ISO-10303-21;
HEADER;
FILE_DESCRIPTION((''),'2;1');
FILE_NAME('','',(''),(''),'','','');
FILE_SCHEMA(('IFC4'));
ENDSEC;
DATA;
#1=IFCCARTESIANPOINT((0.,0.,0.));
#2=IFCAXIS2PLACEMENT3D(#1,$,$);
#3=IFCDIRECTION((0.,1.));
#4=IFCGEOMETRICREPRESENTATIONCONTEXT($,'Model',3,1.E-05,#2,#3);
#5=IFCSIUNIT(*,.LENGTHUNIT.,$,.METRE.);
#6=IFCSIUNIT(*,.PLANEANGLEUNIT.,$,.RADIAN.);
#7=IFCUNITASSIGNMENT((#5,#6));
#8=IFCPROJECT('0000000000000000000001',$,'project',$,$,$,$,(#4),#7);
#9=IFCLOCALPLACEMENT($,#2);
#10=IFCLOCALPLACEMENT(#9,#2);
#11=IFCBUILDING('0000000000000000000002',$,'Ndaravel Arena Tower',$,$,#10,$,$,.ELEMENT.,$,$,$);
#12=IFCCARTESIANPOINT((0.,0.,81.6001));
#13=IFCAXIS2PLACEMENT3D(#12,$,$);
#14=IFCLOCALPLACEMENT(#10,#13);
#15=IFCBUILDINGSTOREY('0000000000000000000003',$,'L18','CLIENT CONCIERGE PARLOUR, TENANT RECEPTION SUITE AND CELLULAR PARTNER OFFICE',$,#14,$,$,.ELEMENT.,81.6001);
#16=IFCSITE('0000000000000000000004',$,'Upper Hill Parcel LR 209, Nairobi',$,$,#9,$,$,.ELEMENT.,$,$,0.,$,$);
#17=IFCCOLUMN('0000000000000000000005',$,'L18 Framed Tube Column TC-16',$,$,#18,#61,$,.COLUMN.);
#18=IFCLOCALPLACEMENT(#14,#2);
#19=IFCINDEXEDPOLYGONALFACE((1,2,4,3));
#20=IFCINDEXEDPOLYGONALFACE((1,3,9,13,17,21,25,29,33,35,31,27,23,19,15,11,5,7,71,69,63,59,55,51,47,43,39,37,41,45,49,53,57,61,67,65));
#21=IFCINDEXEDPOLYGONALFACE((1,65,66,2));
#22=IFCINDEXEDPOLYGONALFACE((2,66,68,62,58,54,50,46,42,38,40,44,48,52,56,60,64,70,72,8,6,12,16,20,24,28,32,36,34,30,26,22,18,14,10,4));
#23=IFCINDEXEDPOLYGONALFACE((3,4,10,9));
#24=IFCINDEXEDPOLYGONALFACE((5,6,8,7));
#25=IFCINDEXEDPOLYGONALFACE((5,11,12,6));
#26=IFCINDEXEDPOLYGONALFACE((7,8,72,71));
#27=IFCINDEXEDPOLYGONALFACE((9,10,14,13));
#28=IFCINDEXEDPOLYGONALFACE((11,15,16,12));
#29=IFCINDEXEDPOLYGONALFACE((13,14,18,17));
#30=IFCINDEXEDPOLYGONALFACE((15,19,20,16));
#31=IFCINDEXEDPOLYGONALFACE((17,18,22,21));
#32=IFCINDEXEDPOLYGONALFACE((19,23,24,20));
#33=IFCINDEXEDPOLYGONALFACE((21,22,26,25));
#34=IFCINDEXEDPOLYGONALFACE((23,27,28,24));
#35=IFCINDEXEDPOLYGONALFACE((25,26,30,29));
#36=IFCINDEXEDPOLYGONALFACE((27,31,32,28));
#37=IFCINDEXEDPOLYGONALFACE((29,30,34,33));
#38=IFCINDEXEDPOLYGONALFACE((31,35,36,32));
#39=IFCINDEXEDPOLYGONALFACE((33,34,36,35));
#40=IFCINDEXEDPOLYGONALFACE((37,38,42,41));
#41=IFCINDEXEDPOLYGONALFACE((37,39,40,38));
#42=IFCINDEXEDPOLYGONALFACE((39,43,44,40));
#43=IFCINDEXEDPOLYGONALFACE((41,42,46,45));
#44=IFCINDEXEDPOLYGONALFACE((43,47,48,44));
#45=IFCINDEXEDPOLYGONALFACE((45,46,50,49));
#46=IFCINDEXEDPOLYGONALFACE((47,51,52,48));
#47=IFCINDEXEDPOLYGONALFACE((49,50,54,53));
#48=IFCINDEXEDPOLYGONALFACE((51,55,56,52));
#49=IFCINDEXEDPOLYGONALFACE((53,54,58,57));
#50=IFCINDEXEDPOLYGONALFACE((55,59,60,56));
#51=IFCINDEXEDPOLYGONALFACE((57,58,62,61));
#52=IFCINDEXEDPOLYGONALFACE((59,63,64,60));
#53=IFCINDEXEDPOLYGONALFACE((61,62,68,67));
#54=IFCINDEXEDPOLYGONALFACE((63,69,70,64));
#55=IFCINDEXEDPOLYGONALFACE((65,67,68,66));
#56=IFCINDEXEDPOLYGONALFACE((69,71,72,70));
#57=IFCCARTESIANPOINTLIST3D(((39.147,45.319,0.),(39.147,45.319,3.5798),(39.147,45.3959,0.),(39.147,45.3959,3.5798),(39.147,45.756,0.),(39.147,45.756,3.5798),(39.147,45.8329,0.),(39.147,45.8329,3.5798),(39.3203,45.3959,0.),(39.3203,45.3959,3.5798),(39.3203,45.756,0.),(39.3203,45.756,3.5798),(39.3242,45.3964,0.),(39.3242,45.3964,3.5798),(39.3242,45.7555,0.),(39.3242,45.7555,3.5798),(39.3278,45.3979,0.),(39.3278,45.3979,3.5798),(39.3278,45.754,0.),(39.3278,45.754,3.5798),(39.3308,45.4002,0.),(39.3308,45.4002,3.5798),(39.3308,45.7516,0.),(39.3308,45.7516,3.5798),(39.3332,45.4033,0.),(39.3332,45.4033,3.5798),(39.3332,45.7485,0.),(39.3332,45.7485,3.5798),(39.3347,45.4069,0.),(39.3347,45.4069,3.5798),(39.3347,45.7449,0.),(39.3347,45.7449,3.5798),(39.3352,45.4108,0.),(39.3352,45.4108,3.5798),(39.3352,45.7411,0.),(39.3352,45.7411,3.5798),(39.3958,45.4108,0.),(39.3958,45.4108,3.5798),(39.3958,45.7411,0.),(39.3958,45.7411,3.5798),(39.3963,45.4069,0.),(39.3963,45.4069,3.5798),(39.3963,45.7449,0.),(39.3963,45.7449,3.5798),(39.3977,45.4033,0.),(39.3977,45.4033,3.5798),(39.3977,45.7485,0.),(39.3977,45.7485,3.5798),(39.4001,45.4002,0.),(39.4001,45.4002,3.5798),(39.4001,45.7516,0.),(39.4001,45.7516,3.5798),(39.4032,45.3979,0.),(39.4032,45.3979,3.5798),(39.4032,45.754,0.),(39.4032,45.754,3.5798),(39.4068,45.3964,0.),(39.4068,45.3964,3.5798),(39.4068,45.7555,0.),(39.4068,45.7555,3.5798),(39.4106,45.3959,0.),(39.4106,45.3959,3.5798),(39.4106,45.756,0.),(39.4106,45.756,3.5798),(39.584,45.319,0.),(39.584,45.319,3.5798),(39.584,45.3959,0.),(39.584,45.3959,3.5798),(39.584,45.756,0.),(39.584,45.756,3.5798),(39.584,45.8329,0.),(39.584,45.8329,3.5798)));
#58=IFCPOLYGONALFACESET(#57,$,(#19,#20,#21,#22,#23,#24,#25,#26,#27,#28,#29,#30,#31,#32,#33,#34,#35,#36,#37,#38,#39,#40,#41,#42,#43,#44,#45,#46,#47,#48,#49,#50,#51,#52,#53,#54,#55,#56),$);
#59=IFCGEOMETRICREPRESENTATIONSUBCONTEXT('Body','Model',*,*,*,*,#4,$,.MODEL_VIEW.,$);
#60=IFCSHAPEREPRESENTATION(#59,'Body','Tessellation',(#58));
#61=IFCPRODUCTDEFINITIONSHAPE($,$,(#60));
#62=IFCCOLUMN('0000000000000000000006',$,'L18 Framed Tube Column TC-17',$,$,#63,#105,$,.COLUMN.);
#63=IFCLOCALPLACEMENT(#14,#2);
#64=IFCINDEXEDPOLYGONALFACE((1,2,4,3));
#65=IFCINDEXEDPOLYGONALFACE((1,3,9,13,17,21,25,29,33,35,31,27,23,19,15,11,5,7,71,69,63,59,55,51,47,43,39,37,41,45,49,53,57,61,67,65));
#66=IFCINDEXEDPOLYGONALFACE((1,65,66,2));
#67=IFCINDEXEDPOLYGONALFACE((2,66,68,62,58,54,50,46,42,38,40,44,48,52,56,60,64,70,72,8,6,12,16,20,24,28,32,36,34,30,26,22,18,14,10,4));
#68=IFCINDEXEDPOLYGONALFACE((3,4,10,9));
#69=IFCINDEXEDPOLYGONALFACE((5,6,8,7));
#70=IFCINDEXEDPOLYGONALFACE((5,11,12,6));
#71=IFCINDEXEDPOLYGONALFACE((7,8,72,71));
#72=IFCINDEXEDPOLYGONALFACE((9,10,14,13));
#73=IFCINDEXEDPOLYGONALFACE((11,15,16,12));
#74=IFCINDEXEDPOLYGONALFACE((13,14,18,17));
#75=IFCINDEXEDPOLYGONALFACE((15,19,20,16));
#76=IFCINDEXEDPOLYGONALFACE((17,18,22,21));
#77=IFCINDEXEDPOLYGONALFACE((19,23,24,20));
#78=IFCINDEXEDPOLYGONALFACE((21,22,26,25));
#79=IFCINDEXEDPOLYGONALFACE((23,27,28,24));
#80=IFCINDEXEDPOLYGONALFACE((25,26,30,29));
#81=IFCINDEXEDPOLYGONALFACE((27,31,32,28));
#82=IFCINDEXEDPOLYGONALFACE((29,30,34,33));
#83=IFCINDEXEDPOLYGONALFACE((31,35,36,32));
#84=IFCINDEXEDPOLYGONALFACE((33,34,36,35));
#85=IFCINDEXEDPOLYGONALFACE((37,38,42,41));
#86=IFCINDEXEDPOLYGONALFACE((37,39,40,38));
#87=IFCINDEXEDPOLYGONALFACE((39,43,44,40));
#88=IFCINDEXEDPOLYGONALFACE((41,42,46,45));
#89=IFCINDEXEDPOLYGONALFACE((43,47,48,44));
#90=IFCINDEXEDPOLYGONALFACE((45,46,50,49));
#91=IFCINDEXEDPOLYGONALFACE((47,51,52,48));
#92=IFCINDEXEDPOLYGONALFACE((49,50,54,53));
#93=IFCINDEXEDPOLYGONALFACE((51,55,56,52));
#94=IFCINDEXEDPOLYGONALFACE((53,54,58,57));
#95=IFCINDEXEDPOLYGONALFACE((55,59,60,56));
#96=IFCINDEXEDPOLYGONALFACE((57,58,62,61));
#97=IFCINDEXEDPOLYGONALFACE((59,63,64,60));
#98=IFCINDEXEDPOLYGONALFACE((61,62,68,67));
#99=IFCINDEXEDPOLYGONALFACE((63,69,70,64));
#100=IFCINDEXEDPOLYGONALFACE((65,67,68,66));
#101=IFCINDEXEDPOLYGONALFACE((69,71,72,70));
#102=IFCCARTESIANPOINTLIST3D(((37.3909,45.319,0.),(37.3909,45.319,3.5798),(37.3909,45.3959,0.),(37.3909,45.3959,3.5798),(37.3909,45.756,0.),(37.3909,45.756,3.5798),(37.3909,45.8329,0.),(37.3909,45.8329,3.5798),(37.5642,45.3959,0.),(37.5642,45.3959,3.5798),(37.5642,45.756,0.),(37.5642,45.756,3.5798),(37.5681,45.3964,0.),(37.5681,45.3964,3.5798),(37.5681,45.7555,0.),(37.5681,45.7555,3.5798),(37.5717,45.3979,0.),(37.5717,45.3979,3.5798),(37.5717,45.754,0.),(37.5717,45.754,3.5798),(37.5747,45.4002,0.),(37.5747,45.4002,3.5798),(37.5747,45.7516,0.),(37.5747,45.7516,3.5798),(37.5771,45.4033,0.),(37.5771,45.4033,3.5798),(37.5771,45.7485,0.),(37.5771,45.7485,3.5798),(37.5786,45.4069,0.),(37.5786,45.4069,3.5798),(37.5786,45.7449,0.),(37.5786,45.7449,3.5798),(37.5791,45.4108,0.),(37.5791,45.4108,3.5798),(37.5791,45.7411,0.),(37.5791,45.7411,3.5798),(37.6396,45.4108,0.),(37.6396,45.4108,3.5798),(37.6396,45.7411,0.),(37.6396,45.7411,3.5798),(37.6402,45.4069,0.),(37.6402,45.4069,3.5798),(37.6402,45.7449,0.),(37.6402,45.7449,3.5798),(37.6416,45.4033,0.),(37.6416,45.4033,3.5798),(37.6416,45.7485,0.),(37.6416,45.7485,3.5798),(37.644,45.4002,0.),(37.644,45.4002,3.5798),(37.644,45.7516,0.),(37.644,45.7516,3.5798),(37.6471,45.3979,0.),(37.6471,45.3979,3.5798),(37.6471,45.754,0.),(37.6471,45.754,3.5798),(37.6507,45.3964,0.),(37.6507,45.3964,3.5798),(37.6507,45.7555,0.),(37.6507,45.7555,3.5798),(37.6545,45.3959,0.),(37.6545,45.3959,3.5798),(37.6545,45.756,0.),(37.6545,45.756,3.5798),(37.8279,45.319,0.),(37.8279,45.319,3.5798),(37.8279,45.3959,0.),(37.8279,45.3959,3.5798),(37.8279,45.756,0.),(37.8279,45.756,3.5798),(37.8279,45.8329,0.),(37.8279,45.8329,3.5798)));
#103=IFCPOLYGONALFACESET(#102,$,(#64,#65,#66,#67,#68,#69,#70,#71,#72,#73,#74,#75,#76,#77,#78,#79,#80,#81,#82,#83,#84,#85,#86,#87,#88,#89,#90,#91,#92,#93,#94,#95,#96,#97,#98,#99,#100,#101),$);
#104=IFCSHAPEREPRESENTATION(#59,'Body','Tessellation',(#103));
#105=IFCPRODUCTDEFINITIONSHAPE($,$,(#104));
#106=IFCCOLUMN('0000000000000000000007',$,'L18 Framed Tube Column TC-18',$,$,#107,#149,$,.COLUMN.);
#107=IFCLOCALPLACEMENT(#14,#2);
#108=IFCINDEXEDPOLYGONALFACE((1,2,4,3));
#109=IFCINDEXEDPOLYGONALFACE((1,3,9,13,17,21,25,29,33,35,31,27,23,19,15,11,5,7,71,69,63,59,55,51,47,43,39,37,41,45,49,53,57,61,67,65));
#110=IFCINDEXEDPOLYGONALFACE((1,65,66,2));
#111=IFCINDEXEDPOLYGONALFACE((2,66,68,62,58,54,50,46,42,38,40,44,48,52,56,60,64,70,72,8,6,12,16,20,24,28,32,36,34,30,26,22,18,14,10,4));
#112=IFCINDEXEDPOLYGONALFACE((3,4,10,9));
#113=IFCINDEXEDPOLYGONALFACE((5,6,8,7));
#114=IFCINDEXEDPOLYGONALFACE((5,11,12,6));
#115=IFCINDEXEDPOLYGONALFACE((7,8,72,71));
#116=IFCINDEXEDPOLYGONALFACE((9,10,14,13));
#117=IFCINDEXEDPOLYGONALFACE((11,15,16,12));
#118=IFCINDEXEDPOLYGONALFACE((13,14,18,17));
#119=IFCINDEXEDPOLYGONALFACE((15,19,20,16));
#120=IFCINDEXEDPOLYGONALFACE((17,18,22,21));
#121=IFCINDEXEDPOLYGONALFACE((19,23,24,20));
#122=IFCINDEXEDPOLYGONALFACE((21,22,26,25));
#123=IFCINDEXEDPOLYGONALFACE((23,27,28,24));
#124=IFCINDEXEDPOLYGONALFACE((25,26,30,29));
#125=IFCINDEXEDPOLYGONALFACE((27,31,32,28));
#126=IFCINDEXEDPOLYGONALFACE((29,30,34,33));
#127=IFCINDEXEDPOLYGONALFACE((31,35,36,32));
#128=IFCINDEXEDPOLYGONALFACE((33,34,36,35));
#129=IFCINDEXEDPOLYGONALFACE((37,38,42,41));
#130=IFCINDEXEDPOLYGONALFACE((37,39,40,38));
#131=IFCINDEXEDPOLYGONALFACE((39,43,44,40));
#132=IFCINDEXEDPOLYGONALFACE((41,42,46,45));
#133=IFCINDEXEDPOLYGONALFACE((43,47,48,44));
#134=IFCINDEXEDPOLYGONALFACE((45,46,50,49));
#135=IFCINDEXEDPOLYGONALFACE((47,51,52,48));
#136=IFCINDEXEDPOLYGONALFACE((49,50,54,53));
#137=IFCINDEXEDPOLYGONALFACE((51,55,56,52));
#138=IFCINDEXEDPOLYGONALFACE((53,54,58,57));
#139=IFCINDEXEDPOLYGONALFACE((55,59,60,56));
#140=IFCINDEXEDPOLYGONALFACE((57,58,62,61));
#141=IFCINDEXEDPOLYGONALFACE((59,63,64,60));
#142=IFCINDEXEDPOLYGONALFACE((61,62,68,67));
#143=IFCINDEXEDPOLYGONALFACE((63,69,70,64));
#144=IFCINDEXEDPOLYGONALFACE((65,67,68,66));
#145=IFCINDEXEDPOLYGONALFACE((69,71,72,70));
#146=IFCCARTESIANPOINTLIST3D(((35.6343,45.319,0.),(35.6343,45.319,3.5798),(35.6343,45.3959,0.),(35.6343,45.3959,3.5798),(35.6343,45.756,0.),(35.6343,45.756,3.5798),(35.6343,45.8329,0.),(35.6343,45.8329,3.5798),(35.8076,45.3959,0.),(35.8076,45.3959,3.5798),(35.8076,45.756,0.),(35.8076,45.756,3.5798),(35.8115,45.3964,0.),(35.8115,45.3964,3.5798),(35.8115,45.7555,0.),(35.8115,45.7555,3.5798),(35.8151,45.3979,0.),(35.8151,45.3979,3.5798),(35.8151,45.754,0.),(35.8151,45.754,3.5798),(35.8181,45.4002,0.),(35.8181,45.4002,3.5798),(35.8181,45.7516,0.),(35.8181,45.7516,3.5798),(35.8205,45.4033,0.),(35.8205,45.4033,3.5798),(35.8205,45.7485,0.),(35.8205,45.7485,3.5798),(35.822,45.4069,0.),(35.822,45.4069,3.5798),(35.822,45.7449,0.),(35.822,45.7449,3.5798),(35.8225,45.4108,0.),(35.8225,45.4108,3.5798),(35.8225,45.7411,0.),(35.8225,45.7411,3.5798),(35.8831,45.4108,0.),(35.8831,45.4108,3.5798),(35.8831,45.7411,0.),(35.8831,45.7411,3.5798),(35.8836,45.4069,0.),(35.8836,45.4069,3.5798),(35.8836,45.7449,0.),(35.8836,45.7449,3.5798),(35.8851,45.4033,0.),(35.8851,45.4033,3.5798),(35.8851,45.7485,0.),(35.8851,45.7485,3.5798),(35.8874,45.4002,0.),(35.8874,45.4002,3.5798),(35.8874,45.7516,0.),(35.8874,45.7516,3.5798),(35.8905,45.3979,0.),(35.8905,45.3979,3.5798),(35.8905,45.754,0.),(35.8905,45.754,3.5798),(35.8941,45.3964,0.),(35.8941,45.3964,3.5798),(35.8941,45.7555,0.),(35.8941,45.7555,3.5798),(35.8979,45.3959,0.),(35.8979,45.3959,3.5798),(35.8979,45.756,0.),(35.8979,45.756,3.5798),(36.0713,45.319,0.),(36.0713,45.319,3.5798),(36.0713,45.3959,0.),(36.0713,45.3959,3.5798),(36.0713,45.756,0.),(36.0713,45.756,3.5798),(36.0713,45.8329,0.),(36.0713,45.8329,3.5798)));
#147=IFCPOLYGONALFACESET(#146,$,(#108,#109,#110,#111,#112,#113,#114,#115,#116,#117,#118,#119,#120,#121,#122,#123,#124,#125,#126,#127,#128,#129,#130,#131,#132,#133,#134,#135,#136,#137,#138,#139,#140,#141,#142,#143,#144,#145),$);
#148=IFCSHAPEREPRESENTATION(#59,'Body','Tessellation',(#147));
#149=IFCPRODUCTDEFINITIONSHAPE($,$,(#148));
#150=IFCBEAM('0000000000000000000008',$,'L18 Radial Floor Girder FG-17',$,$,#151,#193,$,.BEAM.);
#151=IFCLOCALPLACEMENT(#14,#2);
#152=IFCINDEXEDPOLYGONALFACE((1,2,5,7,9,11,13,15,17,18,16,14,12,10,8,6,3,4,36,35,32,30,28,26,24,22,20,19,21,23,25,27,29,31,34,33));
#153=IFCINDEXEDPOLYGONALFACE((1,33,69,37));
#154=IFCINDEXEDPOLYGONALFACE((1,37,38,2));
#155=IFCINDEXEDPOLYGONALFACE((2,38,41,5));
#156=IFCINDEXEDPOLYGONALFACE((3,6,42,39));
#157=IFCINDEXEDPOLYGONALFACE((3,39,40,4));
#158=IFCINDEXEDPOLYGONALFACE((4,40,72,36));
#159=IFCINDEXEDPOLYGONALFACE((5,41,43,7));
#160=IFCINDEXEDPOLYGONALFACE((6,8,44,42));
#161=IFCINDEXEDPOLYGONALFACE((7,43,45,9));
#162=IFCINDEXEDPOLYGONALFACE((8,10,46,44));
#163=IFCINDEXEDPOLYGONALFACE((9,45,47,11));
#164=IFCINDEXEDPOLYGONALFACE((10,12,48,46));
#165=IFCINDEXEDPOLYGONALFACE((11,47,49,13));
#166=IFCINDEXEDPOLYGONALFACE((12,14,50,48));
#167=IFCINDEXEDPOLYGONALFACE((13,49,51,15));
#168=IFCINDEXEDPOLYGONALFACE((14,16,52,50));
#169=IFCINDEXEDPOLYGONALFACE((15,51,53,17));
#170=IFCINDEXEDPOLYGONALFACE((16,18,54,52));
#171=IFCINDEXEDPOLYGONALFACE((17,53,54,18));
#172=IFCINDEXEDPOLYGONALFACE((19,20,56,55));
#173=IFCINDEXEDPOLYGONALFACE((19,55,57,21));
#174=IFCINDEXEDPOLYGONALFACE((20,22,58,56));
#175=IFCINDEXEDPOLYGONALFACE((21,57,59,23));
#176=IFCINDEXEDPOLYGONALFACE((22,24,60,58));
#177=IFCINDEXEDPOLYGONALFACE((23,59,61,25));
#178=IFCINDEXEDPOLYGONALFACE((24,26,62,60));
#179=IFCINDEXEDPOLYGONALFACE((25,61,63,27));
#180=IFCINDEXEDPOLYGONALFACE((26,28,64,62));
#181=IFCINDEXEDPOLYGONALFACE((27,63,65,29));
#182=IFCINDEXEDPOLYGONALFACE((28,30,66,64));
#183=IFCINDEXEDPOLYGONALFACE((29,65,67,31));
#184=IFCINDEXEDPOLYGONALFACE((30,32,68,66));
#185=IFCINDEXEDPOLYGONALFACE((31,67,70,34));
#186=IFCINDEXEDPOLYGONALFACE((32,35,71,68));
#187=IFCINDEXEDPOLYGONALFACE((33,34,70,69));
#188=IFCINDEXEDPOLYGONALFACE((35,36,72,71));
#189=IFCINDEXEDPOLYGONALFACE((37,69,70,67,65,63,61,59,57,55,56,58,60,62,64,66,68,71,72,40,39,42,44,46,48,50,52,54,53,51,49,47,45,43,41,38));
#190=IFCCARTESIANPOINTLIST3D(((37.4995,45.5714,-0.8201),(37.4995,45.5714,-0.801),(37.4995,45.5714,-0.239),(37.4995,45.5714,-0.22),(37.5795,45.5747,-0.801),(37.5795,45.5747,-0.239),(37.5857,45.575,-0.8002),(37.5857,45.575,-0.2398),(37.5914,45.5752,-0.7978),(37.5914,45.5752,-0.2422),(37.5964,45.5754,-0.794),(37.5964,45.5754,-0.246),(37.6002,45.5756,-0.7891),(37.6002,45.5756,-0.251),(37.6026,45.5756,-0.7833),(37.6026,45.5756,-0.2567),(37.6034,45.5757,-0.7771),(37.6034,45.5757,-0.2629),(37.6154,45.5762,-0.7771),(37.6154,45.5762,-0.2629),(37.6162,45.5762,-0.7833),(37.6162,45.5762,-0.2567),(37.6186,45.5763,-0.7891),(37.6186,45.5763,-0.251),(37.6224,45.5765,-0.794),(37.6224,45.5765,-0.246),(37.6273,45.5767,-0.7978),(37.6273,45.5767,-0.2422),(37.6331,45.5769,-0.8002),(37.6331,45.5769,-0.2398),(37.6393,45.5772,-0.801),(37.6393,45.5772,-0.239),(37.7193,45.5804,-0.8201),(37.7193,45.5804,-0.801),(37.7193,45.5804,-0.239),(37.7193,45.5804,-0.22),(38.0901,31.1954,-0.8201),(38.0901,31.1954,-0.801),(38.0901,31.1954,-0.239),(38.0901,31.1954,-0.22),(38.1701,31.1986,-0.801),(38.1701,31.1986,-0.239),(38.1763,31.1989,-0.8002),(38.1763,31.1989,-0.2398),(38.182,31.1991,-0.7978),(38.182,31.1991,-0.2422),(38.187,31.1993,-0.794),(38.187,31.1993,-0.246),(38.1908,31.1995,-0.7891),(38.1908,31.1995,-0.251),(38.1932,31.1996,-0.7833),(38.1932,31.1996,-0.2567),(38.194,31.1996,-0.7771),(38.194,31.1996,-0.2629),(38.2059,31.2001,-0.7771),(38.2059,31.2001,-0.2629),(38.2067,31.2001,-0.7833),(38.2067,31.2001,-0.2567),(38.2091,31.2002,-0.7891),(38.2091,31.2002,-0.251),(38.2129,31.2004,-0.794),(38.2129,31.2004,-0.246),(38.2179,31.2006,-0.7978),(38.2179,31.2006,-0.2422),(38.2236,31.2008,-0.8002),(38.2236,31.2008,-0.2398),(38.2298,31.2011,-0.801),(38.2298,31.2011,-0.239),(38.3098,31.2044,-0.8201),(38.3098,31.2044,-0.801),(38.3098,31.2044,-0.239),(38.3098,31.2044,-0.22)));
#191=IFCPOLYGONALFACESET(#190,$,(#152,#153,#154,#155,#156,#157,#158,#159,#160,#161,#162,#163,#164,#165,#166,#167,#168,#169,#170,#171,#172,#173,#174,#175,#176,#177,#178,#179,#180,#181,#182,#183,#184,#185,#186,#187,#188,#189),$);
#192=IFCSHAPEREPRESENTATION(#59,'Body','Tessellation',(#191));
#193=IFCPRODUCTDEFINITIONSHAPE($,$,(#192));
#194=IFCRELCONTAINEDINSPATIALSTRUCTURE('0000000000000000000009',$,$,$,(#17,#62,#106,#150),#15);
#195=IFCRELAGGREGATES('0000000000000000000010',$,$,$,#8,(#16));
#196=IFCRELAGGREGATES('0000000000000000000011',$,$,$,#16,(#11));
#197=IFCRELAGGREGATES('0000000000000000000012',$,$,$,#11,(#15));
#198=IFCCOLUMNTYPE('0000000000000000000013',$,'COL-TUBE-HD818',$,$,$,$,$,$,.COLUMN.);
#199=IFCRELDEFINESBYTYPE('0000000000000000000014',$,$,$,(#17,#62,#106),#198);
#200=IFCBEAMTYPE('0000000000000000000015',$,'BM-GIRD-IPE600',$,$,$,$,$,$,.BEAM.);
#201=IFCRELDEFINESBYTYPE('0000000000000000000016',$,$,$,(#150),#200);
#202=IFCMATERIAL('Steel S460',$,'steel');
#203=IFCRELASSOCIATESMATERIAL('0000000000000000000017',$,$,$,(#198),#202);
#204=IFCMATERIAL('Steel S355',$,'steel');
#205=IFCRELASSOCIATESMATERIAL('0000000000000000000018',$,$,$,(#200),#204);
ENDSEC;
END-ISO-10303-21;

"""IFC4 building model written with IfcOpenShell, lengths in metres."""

from ifc_helpers import new_model, si_unit, direction, frame, origin, origin_2d, place, context, subcontext, project, spatial, i_section, extrude, material, material_profile, profile_set, type_object, element, save


model = new_model("IFC4")

# Units and contexts
model_context = context("Model", 3, precision=1e-05, world=origin(), true_north=direction((0.0, 1.0)))
body_context = subcontext(model_context, "Body", "Model", "MODEL_VIEW")
ifc_project = project(units=[si_unit("LENGTHUNIT", "METRE"), si_unit("PLANEANGLEUNIT", "RADIAN")], contexts=[model_context])

# Site, building, storey
site_placement = place(None, origin())
site = spatial("IfcSite", under=ifc_project, at=site_placement, Name="Upper Hill Parcel LR 209, Nairobi", CompositionType="ELEMENT", RefElevation=0.0)
building_placement = place(site_placement, origin())
building = spatial("IfcBuilding", under=site, at=building_placement, Name="Ndaravel Arena Tower", CompositionType="ELEMENT")
storey_placement = place(building_placement, frame((0.0, 0.0, 81.6001)))
storey = spatial("IfcBuildingStorey", under=building, at=storey_placement, Name="L18", Description="CLIENT CONCIERGE PARLOUR, TENANT RECEPTION SUITE AND CELLULAR PARTNER OFFICE", CompositionType="ELEMENT", Elevation=81.6001)

# Columns
ifc_material_1 = material(Name="Steel S460", Category="steel")
ifc_material_profile_1 = material_profile(ifc_material_1, i_section(OverallWidth=0.437, OverallDepth=0.5139, WebThickness=0.0605, FlangeThickness=0.0769, FilletRadius=0.0149, at=origin_2d()), Name="HD 400x818")
ifc_profile_set_1 = profile_set([ifc_material_profile_1], Name="Steel S460")
column_type = type_object("IfcColumnType", Name="COL-TUBE-HD818", PredefinedType="COLUMN", material=ifc_profile_set_1)
for number, where, z_axis, x_axis, name in (
    (1, (39.3655, 45.5759, 0.0), (0.0, 0.0, 1.0), (1.0, 0.0, 0.0), "L18 Framed Tube Column TC-16"),
    (2, (37.6094, 45.5759, 0.0), (0.0, 0.0, 1.0), (1.0, 0.0, 0.0), "L18 Framed Tube Column TC-17"),
    (3, (35.8528, 45.5759, 0.0), (0.0, 0.0, 1.0), (1.0, 0.0, 0.0), "L18 Framed Tube Column TC-18"),
):
    element("IfcColumn", number, at=place(storey_placement, frame(where, z_axis=z_axis, x_axis=x_axis)), inside=storey, type_object=column_type, Name=name, PredefinedType="COLUMN", context=body_context, shape_type="SweptSolid", body=[
        extrude(i_section(OverallWidth=0.437, OverallDepth=0.5139, WebThickness=0.0605, FlangeThickness=0.0769, FilletRadius=0.0149, at=origin_2d()), origin(), (0.0, 0.0, 1.0), 3.5798),
    ])

# Beam
ifc_material_2 = material(Name="Steel S355", Category="steel")
ifc_material_profile_2 = material_profile(ifc_material_2, i_section(OverallWidth=0.22, OverallDepth=0.6001, WebThickness=0.012, FlangeThickness=0.019, FilletRadius=0.0239, at=origin_2d()), Name="IPE 600")
ifc_profile_set_2 = profile_set([ifc_material_profile_2], Name="Steel S355")
beam_type_1 = type_object("IfcBeamType", Name="BM-GIRD-IPE600", PredefinedType="BEAM", material=ifc_profile_set_2)
beam_1_placement = place(storey_placement, frame((37.6094, 45.5759, -0.52), z_axis=(0.041046, -0.999157, 0.0), x_axis=(0.999157, 0.041046, 0.0)))
element("IfcBeam", 4, at=beam_1_placement, inside=storey, type_object=beam_type_1, Name="L18 Radial Floor Girder FG-17", PredefinedType="BEAM", context=body_context, shape_type="SweptSolid", body=[
    extrude(i_section(OverallWidth=0.22, OverallDepth=0.6001, WebThickness=0.012, FlangeThickness=0.019, FilletRadius=0.0239, at=origin_2d()), origin(), (0.0, 0.0, 1.0), 14.3882),
])

save(model, "model.ifc")
